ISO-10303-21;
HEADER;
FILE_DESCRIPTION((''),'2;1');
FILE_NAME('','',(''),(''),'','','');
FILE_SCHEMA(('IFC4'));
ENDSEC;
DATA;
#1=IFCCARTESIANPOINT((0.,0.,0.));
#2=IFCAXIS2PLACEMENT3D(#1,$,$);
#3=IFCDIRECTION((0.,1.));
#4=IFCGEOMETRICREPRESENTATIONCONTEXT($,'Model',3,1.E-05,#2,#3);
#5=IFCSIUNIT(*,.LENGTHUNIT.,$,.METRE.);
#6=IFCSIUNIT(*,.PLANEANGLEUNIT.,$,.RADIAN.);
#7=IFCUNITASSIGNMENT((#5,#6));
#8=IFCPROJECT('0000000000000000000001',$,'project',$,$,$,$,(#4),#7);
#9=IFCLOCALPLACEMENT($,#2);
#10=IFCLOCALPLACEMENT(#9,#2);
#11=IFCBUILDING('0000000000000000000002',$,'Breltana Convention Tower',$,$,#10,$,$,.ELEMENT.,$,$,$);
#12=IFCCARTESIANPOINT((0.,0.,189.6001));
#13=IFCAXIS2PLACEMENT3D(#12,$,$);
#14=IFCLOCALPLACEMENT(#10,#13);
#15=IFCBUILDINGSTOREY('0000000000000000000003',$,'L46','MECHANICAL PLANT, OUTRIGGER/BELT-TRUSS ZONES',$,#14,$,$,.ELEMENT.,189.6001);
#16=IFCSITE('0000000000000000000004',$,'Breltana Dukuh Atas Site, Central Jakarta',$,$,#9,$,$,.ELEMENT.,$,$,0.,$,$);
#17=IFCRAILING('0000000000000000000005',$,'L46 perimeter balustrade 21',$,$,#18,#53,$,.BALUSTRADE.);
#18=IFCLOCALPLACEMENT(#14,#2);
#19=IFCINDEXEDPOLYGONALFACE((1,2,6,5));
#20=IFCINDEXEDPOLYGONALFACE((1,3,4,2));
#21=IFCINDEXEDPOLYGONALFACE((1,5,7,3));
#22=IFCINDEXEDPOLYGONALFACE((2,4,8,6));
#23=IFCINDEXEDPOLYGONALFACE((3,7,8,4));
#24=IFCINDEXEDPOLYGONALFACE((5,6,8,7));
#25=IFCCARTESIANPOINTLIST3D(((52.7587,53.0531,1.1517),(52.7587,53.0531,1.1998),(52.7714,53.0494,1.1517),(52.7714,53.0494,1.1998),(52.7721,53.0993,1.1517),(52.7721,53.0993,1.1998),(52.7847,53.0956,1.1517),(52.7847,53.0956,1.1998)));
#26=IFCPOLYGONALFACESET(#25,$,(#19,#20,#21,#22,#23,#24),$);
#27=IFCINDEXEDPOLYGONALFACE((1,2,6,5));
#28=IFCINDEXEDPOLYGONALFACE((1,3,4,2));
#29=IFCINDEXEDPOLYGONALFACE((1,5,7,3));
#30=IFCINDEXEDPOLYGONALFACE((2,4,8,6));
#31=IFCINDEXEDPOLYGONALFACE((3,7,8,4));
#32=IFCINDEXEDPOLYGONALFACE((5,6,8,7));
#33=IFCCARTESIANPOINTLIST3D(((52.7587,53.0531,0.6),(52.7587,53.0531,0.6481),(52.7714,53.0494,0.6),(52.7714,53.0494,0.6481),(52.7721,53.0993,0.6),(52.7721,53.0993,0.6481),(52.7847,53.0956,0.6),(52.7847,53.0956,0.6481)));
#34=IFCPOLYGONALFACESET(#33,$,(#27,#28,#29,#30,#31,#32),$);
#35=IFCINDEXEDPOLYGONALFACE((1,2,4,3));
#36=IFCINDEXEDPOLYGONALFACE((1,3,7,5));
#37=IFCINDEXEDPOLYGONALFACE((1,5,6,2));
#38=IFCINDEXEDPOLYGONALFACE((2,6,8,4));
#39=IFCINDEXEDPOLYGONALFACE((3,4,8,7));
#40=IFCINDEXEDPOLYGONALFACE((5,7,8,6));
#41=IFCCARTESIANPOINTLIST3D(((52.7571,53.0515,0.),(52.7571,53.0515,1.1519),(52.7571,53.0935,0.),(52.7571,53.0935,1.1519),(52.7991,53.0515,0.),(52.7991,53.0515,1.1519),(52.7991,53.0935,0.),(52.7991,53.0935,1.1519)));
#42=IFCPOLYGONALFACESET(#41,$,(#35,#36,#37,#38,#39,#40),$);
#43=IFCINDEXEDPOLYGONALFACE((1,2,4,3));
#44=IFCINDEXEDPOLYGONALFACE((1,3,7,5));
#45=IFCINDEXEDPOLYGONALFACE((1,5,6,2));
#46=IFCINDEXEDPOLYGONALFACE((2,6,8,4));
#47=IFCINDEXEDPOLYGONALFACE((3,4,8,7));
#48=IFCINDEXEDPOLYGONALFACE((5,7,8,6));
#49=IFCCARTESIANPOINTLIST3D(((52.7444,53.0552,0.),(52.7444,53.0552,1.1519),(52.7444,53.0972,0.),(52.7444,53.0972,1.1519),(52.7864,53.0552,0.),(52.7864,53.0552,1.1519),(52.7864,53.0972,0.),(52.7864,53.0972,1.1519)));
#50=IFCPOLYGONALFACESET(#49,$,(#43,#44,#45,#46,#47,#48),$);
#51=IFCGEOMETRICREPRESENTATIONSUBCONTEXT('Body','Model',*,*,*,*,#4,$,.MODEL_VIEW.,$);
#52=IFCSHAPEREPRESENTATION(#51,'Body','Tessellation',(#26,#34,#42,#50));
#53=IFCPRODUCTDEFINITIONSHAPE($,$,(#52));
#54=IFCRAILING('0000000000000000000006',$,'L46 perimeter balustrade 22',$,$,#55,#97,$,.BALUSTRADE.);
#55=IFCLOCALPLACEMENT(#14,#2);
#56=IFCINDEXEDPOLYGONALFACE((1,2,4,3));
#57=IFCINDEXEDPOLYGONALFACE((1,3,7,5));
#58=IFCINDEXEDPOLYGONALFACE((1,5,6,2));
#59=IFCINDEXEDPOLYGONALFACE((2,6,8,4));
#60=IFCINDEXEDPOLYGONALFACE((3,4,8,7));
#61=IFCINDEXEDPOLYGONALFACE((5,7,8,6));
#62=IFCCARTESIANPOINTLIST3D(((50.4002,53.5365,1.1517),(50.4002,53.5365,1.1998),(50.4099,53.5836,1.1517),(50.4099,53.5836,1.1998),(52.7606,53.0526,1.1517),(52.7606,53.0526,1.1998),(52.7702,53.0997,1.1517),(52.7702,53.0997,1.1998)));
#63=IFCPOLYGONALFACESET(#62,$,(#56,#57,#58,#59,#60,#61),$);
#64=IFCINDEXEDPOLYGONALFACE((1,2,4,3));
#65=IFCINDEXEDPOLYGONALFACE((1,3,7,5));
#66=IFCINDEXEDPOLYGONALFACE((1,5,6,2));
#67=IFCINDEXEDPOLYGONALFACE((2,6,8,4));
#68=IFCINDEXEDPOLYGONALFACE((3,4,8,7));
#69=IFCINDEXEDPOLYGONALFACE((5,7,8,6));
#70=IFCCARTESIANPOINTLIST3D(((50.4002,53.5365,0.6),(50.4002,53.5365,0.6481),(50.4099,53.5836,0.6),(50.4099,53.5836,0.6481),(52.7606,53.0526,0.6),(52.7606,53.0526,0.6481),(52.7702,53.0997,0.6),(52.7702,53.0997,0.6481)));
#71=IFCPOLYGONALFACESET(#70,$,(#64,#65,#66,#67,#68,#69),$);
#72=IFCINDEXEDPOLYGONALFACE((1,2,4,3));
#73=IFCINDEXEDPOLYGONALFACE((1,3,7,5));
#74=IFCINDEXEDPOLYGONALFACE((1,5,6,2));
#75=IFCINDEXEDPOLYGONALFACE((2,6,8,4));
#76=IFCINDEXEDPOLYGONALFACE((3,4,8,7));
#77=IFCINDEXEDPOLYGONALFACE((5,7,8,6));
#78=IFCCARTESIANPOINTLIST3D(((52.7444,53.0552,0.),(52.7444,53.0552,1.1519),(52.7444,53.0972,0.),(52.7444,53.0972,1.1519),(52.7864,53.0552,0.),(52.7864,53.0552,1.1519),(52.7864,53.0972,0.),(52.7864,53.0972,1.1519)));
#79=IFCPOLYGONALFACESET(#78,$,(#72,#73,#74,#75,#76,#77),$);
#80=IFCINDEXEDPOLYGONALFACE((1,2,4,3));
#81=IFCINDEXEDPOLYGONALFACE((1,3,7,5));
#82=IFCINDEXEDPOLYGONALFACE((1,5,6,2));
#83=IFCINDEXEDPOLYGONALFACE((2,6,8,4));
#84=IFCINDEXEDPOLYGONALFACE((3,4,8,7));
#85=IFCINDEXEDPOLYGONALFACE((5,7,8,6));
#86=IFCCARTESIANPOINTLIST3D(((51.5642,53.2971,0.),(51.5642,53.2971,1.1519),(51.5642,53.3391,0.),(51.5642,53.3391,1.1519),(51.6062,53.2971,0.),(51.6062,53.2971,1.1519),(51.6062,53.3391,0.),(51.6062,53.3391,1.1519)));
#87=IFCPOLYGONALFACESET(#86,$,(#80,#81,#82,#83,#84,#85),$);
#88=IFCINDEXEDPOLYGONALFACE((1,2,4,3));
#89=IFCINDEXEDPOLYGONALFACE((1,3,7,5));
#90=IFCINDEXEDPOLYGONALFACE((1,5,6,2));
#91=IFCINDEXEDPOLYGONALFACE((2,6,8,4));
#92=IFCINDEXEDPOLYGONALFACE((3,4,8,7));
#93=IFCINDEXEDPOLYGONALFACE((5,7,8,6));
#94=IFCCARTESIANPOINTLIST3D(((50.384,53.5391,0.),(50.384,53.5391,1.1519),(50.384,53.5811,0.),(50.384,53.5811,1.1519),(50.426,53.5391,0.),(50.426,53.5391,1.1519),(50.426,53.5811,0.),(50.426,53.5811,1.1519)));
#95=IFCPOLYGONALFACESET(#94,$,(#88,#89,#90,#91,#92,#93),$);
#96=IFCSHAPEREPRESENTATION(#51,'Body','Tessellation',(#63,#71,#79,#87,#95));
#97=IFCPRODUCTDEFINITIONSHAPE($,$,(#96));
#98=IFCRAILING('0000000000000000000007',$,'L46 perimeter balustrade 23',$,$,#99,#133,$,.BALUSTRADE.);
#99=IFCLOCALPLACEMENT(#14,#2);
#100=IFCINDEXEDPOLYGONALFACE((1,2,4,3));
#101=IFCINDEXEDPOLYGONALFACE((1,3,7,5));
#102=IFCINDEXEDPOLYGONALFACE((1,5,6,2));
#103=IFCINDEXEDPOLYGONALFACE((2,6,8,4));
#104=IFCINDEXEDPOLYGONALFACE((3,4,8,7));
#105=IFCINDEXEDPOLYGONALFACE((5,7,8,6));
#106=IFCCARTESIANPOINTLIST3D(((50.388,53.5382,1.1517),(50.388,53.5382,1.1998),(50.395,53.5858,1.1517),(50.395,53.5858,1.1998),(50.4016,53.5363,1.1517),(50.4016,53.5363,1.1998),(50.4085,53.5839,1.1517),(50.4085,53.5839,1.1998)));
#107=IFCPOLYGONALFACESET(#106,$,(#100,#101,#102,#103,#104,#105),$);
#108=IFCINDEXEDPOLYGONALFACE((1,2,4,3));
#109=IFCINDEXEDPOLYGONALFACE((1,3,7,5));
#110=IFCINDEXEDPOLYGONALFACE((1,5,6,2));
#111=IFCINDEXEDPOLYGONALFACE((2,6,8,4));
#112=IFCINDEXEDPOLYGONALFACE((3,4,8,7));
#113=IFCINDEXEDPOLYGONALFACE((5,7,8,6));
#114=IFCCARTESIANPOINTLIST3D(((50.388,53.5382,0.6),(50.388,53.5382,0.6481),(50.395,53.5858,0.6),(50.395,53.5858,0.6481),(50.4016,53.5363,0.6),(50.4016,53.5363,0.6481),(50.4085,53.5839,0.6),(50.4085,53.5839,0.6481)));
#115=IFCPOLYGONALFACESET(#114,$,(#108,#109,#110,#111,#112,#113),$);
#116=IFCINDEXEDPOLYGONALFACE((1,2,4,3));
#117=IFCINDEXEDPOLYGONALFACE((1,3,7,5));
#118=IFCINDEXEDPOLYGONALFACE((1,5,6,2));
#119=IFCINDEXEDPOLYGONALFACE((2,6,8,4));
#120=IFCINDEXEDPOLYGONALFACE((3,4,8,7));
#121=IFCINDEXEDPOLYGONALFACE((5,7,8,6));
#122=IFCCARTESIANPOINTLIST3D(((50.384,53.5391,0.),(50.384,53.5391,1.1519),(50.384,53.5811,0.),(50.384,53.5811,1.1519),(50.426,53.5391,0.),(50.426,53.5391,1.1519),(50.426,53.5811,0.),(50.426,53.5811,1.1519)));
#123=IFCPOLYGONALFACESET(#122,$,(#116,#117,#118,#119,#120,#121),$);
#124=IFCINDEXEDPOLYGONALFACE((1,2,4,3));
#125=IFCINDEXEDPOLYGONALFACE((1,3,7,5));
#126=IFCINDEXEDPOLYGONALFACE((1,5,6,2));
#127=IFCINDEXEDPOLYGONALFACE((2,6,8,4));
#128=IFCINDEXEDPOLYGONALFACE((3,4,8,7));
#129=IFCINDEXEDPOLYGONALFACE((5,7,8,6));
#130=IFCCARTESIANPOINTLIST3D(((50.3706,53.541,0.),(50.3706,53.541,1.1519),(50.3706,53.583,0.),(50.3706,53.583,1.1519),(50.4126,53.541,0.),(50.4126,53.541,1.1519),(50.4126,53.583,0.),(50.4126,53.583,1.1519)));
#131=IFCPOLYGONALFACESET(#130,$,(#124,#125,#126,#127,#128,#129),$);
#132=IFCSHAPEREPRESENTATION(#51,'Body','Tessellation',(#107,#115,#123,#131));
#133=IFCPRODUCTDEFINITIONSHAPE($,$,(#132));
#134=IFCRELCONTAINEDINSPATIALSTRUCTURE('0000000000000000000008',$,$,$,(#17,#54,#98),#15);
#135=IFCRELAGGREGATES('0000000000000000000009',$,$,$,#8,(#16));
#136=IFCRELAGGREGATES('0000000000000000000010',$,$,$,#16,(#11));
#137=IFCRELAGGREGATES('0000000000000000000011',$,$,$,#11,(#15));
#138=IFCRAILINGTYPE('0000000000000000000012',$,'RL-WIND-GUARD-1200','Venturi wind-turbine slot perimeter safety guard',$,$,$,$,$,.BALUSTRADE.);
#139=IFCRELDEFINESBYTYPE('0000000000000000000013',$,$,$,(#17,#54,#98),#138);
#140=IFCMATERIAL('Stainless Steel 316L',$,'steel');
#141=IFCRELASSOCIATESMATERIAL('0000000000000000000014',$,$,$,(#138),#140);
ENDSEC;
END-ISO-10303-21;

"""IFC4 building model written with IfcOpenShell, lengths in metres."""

from ifc_helpers import new_model, si_unit, direction, frame, origin, origin_2d, place, context, subcontext, project, spatial, rectangle, extrude, material, type_object, element, save


model = new_model("IFC4")

# Units and contexts
model_context = context("Model", 3, precision=1e-05, world=origin(), true_north=direction((0.0, 1.0)))
body_context = subcontext(model_context, "Body", "Model", "MODEL_VIEW")
ifc_project = project(units=[si_unit("LENGTHUNIT", "METRE"), si_unit("PLANEANGLEUNIT", "RADIAN")], contexts=[model_context])

# Site, building, storey
site_placement = place(None, origin())
site = spatial("IfcSite", under=ifc_project, at=site_placement, Name="Breltana Dukuh Atas Site, Central Jakarta", CompositionType="ELEMENT", RefElevation=0.0)
building_placement = place(site_placement, origin())
building = spatial("IfcBuilding", under=site, at=building_placement, Name="Breltana Convention Tower", CompositionType="ELEMENT")
storey_placement = place(building_placement, frame((0.0, 0.0, 189.6001)))
storey = spatial("IfcBuildingStorey", under=building, at=storey_placement, Name="L46", Description="MECHANICAL PLANT, OUTRIGGER/BELT-TRUSS ZONES", CompositionType="ELEMENT", Elevation=189.6001)

# Railings
ifc_material_1 = material(Name="Stainless Steel 316L", Category="steel")
railing_type = type_object("IfcRailingType", Name="RL-WIND-GUARD-1200", Description="Venturi wind-turbine slot perimeter safety guard", PredefinedType="BALUSTRADE", material=ifc_material_1)
railing_1_placement = place(storey_placement, frame((52.7781, 53.0725, 0.0)))
element("IfcRailing", 1, at=railing_1_placement, inside=storey, type_object=railing_type, Name="L46 perimeter balustrade 21", PredefinedType="BALUSTRADE", context=body_context, shape_type="SweptSolid", body=[
    extrude(rectangle(XDim=0.0481, YDim=0.0481, at=origin_2d()), frame((0.0, 0.0, 1.1758), z_axis=(-0.960824, 0.277161, 0.0), x_axis=(-0.277161, -0.960824, 0.0)), (0.0, 0.0, 1.0), 0.0132),
    extrude(rectangle(XDim=0.0481, YDim=0.0481, at=origin_2d()), frame((0.0, 0.0, 0.624), z_axis=(-0.960824, 0.277161, 0.0), x_axis=(-0.277161, -0.960824, 0.0)), (0.0, 0.0, 1.0), 0.0132),
    extrude(rectangle(XDim=0.042, YDim=0.042, at=origin_2d()), origin(), (0.0, 0.0, 1.0), 1.1519),
    extrude(rectangle(XDim=0.042, YDim=0.042, at=origin_2d()), frame((-0.0127, 0.0037, 0.0)), (0.0, 0.0, 1.0), 1.1519),
])
railing_2_placement = place(storey_placement, frame((52.7654, 53.0762, 0.0)))
element("IfcRailing", 2, at=railing_2_placement, inside=storey, type_object=railing_type, Name="L46 perimeter balustrade 22", PredefinedType="BALUSTRADE", context=body_context, shape_type="SweptSolid", body=[
    extrude(rectangle(XDim=0.0481, YDim=0.0481, at=origin_2d()), frame((0.0, 0.0, 1.1758), z_axis=(-0.979626, 0.200829, 0.0), x_axis=(-0.200829, -0.979626, 0.0)), (0.0, 0.0, 1.0), 2.4094),
    extrude(rectangle(XDim=0.0481, YDim=0.0481, at=origin_2d()), frame((0.0, 0.0, 0.624), z_axis=(-0.979626, 0.200829, 0.0), x_axis=(-0.200829, -0.979626, 0.0)), (0.0, 0.0, 1.0), 2.4094),
    extrude(rectangle(XDim=0.042, YDim=0.042, at=origin_2d()), origin(), (0.0, 0.0, 1.0), 1.1519),
    extrude(rectangle(XDim=0.042, YDim=0.042, at=origin_2d()), frame((-1.1802, 0.2419, 0.0)), (0.0, 0.0, 1.0), 1.1519),
    extrude(rectangle(XDim=0.042, YDim=0.042, at=origin_2d()), frame((-2.3604, 0.4839, 0.0)), (0.0, 0.0, 1.0), 1.1519),
])
railing_3_placement = place(storey_placement, frame((50.405, 53.5601, 0.0)))
element("IfcRailing", 3, at=railing_3_placement, inside=storey, type_object=railing_type, Name="L46 perimeter balustrade 23", PredefinedType="BALUSTRADE", context=body_context, shape_type="SweptSolid", body=[
    extrude(rectangle(XDim=0.0481, YDim=0.0481, at=origin_2d()), frame((0.0, 0.0, 1.1758), z_axis=(-0.989586, 0.14394, 0.0), x_axis=(-0.14394, -0.989586, 0.0)), (0.0, 0.0, 1.0), 0.0137),
    extrude(rectangle(XDim=0.0481, YDim=0.0481, at=origin_2d()), frame((0.0, 0.0, 0.624), z_axis=(-0.989586, 0.14394, 0.0), x_axis=(-0.14394, -0.989586, 0.0)), (0.0, 0.0, 1.0), 0.0137),
    extrude(rectangle(XDim=0.042, YDim=0.042, at=origin_2d()), origin(), (0.0, 0.0, 1.0), 1.1519),
    extrude(rectangle(XDim=0.042, YDim=0.042, at=origin_2d()), frame((-0.0134, 0.002, 0.0)), (0.0, 0.0, 1.0), 1.1519),
])

save(model, "model.ifc")
